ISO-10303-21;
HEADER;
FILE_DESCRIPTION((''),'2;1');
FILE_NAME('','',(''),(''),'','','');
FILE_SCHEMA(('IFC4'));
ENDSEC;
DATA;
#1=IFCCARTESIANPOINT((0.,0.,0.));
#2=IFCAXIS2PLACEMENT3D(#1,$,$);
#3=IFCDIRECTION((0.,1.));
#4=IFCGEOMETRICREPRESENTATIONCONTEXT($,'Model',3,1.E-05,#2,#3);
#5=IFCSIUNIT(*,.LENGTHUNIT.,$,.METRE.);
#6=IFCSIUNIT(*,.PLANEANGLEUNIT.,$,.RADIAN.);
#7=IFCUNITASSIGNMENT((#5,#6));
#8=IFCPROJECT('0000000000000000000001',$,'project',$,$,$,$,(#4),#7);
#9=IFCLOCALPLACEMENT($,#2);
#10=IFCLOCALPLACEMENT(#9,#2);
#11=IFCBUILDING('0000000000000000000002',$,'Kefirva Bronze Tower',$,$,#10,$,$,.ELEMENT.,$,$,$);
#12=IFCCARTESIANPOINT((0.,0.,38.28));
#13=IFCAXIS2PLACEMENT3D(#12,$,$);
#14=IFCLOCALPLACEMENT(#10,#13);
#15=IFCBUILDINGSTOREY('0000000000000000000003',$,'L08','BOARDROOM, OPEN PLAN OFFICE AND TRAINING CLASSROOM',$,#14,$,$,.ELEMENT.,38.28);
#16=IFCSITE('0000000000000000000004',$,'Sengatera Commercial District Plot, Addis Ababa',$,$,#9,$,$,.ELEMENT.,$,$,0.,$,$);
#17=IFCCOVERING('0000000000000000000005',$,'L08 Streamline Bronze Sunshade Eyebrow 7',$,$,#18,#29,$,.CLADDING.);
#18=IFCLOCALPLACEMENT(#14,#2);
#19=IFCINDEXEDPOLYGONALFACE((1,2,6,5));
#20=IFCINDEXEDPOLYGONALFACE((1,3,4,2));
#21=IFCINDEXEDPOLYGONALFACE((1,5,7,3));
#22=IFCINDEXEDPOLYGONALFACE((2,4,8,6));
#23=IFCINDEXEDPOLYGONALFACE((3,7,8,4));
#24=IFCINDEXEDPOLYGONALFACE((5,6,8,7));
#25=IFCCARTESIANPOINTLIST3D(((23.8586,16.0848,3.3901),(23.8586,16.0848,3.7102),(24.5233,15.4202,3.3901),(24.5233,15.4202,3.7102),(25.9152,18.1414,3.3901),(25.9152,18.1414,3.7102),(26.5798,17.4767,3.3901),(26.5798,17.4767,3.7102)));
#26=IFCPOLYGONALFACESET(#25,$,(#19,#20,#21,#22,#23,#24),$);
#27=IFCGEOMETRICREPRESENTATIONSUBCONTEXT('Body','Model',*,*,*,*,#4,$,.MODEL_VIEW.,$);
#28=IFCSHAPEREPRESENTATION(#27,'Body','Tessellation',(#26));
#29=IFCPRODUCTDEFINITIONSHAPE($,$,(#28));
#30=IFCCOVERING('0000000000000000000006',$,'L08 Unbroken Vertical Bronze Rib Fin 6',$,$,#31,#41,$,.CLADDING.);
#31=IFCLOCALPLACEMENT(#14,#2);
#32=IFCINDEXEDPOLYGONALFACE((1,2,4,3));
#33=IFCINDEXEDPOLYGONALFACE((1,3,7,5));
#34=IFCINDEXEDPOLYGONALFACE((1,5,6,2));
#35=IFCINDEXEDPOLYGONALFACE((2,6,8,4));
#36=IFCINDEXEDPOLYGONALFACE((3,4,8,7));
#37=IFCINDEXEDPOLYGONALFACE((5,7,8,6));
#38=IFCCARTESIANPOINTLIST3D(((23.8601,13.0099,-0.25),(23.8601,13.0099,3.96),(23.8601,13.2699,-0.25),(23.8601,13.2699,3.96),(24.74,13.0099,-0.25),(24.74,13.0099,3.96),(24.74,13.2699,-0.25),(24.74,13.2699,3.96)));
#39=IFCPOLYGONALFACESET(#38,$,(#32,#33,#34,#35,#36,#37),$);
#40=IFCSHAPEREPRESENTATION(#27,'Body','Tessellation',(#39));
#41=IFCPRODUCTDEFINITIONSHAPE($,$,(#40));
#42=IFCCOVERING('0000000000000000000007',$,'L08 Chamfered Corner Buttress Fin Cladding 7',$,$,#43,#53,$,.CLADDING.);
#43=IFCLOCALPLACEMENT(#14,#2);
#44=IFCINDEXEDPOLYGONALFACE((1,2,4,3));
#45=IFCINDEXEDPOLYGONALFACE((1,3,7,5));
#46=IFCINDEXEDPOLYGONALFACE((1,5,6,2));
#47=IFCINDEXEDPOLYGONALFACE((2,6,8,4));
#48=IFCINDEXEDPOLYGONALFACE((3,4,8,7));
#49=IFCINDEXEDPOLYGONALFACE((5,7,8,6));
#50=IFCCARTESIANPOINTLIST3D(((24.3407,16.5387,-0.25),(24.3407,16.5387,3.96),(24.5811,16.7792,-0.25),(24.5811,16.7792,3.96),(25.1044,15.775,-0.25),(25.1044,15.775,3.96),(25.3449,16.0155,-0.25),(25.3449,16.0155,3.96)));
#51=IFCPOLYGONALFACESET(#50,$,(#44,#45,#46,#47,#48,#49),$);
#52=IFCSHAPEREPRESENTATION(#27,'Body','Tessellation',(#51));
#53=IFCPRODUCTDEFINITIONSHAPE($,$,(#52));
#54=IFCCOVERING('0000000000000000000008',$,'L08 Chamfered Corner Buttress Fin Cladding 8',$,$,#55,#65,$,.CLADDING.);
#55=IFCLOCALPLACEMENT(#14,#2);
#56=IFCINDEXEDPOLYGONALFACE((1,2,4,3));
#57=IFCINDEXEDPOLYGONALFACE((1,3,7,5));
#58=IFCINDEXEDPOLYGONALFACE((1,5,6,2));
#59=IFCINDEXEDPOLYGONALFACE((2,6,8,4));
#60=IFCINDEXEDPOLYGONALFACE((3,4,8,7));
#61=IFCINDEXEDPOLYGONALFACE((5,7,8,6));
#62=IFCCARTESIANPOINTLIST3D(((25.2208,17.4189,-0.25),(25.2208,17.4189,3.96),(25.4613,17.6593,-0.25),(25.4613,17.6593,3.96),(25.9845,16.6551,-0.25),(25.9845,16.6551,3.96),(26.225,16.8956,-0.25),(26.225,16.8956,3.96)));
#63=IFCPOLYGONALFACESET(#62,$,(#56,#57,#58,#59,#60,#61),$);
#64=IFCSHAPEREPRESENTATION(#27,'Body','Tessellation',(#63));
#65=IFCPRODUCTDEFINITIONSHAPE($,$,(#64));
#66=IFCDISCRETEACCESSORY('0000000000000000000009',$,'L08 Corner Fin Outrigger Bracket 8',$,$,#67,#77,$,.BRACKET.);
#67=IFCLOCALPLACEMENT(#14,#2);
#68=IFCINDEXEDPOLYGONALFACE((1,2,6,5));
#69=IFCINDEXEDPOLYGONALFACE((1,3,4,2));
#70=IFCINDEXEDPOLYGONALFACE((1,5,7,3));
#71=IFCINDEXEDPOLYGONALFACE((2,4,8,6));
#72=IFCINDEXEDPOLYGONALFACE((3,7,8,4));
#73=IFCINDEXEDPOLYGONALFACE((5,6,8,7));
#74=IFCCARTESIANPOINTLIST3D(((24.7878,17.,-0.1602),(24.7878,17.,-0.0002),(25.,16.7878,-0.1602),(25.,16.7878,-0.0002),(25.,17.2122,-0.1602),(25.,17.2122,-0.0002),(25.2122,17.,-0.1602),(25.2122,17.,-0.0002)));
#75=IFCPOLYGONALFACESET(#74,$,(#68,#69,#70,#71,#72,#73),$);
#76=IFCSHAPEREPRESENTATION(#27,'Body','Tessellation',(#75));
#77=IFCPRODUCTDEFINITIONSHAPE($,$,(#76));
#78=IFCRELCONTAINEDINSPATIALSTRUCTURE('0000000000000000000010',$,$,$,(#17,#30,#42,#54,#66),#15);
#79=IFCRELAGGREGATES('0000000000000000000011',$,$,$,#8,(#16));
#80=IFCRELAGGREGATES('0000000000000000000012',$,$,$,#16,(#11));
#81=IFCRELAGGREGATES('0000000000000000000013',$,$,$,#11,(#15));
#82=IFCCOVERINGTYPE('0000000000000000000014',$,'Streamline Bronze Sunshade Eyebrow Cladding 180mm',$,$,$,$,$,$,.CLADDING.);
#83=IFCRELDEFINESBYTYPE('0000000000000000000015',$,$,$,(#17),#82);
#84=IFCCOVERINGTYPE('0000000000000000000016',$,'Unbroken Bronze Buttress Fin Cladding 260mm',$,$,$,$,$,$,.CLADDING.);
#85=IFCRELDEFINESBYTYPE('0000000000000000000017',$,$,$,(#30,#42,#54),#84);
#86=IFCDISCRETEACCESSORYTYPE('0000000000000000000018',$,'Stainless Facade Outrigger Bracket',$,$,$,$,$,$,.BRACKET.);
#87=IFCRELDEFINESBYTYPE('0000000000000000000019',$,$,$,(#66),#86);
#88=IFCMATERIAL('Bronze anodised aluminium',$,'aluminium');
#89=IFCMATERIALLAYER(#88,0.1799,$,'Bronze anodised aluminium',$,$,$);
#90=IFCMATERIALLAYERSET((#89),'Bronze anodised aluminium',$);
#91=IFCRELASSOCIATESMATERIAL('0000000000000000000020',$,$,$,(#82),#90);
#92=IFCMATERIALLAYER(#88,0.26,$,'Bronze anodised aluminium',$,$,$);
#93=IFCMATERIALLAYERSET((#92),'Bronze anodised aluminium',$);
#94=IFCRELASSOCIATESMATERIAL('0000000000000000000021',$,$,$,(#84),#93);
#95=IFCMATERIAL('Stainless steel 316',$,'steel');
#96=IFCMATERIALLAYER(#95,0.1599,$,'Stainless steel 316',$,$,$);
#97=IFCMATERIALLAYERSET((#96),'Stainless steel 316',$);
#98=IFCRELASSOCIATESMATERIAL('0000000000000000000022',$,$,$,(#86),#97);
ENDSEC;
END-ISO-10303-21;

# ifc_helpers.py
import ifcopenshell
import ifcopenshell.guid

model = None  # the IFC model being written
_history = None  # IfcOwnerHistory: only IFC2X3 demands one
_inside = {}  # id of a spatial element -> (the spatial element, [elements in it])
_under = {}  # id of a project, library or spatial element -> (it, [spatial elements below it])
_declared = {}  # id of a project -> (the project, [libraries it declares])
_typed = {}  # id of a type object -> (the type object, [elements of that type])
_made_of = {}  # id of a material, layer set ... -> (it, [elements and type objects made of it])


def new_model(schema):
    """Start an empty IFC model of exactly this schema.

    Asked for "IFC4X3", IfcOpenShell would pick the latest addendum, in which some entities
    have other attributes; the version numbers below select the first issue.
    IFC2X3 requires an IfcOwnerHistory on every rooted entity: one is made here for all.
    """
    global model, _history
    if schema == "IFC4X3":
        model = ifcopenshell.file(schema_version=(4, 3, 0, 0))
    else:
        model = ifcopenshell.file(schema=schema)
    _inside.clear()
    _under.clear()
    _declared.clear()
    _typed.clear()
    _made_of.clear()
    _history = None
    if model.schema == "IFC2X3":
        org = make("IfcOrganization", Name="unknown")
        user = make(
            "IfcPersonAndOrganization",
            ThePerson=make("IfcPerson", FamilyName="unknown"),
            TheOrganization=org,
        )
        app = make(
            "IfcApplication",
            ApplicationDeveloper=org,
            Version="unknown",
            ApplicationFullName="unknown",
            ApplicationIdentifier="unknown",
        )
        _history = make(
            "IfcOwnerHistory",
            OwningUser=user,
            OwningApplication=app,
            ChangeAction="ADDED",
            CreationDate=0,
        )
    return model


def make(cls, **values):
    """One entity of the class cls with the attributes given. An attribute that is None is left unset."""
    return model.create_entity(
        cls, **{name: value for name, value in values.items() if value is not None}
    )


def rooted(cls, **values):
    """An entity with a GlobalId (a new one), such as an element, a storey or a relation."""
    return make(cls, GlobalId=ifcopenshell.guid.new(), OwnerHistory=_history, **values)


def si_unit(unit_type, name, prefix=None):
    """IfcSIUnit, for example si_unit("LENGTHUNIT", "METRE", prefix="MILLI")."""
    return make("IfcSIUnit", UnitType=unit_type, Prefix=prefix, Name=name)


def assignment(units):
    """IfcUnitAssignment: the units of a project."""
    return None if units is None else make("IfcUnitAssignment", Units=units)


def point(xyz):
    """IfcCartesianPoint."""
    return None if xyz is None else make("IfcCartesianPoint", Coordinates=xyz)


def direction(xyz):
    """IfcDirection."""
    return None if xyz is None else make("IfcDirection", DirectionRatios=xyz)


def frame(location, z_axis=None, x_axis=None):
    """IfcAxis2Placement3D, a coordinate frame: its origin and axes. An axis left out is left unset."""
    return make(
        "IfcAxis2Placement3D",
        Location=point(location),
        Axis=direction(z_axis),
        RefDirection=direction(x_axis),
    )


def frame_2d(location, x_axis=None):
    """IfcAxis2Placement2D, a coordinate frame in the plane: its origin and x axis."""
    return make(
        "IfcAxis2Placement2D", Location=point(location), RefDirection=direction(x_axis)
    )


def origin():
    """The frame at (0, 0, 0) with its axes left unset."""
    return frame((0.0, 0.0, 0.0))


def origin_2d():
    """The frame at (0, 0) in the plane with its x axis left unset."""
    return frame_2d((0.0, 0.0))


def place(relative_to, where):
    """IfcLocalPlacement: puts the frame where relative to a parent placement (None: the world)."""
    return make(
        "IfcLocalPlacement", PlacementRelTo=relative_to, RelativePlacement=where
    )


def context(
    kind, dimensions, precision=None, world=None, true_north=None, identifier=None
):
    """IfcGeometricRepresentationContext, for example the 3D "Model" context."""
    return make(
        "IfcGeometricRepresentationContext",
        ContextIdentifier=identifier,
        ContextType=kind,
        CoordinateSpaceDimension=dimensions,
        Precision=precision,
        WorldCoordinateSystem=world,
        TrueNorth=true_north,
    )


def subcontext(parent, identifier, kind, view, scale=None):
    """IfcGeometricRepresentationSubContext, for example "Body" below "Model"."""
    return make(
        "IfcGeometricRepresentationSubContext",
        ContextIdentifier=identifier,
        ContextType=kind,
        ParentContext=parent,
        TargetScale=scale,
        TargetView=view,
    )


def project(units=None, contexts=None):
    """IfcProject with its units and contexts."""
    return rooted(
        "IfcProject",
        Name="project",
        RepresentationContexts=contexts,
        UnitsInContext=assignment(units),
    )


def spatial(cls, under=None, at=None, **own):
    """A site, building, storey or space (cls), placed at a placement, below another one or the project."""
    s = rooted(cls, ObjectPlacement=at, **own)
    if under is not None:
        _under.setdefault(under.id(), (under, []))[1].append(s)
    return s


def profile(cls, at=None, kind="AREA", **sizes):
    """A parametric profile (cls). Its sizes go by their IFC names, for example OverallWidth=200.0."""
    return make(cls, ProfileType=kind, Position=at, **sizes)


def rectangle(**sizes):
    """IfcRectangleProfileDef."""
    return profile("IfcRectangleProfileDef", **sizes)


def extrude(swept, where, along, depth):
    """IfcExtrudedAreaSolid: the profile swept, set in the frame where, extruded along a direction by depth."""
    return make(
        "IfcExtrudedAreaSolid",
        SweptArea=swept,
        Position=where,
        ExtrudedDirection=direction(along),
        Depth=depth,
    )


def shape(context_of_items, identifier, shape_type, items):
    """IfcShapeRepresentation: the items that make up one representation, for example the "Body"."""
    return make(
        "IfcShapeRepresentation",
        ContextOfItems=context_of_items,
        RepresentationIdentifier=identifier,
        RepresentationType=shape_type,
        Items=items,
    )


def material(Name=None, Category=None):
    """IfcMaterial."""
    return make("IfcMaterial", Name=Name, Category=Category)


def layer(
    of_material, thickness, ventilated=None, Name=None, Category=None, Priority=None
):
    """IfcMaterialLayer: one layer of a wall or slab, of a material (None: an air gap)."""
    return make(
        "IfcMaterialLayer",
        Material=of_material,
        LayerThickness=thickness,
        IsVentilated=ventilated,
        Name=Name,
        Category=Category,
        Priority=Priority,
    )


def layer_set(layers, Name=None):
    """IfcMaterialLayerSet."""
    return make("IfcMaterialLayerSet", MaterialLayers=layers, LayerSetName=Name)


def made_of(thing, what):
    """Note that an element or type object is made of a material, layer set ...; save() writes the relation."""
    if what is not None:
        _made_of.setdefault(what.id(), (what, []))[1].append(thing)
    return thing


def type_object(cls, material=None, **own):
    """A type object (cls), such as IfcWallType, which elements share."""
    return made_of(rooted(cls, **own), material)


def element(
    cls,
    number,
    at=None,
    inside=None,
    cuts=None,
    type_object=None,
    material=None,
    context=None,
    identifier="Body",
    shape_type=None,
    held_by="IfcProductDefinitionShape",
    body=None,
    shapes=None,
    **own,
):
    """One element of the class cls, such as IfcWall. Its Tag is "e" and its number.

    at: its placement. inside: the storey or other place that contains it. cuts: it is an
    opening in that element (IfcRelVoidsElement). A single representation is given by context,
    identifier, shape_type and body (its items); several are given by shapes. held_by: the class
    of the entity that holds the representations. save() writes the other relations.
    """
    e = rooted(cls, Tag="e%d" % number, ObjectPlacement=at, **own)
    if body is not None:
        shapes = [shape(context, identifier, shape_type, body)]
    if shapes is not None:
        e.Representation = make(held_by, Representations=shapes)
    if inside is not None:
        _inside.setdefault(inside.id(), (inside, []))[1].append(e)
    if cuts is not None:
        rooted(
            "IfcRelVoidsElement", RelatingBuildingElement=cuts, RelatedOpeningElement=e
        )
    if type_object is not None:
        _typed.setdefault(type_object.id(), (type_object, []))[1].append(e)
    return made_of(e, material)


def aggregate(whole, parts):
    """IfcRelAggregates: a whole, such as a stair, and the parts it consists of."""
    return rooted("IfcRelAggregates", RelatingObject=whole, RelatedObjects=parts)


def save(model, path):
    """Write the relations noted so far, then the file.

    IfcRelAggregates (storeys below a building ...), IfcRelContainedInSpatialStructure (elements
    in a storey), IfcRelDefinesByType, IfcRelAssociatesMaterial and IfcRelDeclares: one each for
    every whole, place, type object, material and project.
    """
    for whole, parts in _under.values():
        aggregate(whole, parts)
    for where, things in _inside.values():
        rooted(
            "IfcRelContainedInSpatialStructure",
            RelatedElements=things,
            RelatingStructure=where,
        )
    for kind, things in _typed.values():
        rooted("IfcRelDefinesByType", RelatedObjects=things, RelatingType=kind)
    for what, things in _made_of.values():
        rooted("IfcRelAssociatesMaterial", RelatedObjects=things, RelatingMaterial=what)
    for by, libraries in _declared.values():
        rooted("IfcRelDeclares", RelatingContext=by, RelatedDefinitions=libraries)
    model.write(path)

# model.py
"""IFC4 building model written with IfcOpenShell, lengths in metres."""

from ifc_helpers import new_model, si_unit, direction, frame, origin, origin_2d, place, context, subcontext, project, spatial, rectangle, extrude, material, layer, layer_set, type_object, element, save


model = new_model("IFC4")

# Units and contexts
model_context = context("Model", 3, precision=1e-05, world=origin(), true_north=direction((0.0, 1.0)))
body_context = subcontext(model_context, "Body", "Model", "MODEL_VIEW")
ifc_project = project(units=[si_unit("LENGTHUNIT", "METRE"), si_unit("PLANEANGLEUNIT", "RADIAN")], contexts=[model_context])

# Site, building, storey
site_placement = place(None, origin())
site = spatial("IfcSite", under=ifc_project, at=site_placement, Name="Sengatera Commercial District Plot, Addis Ababa", CompositionType="ELEMENT", RefElevation=0.0)
building_placement = place(site_placement, origin())
building = spatial("IfcBuilding", under=site, at=building_placement, Name="Kefirva Bronze Tower", CompositionType="ELEMENT")
storey_placement = place(building_placement, frame((0.0, 0.0, 38.28)))
storey = spatial("IfcBuildingStorey", under=building, at=storey_placement, Name="L08", Description="BOARDROOM, OPEN PLAN OFFICE AND TRAINING CLASSROOM", CompositionType="ELEMENT", Elevation=38.28)

# Shared definitions
ifc_material_1 = material(Name="Bronze anodised aluminium", Category="aluminium")

# Coverings
ifc_layer_1 = layer(ifc_material_1, 0.1799, Name="Bronze anodised aluminium")
ifc_layer_set_1 = layer_set([ifc_layer_1], Name="Bronze anodised aluminium")
covering_type_1 = type_object("IfcCoveringType", Name="Streamline Bronze Sunshade Eyebrow Cladding 180mm", PredefinedType="CLADDING", material=ifc_layer_set_1)
covering_1_placement = place(storey_placement, frame((25.2192, 16.7808, 3.3901), z_axis=(0.0, 0.0, 1.0), x_axis=(0.707107, 0.707107, 0.0)))
element("IfcCovering", 1, at=covering_1_placement, inside=storey, type_object=covering_type_1, Name="L08 Streamline Bronze Sunshade Eyebrow 7", PredefinedType="CLADDING", context=body_context, shape_type="SweptSolid", body=[
    extrude(rectangle(XDim=2.9084, YDim=0.9399, at=origin_2d()), origin(), (0.0, 0.0, 1.0), 0.3201),
])
ifc_layer_2 = layer(ifc_material_1, 0.26, Name="Bronze anodised aluminium")
ifc_layer_set_2 = layer_set([ifc_layer_2], Name="Bronze anodised aluminium")
covering_type_2 = type_object("IfcCoveringType", Name="Unbroken Bronze Buttress Fin Cladding 260mm", PredefinedType="CLADDING", material=ifc_layer_set_2)
covering_2_placement = place(storey_placement, frame((24.3, 13.1399, -0.25), z_axis=(0.0, 0.0, 1.0), x_axis=(0.0, 1.0, 0.0)))
element("IfcCovering", 2, at=covering_2_placement, inside=storey, type_object=covering_type_2, Name="L08 Unbroken Vertical Bronze Rib Fin 6", PredefinedType="CLADDING", context=body_context, shape_type="SweptSolid", body=[
    extrude(rectangle(XDim=0.26, YDim=0.8799, at=origin_2d()), origin(), (0.0, 0.0, 1.0), 4.21),
])
for number, where, z_axis, x_axis, name in (
    (3, (24.8428, 16.2771, -0.25), (0.0, 0.0, 1.0), (0.707107, 0.707107, 0.0), "L08 Chamfered Corner Buttress Fin Cladding 7"),
    (4, (25.7229, 17.1572, -0.25), (0.0, 0.0, 1.0), (0.707107, 0.707107, 0.0), "L08 Chamfered Corner Buttress Fin Cladding 8"),
):
    element("IfcCovering", number, at=place(storey_placement, frame(where, z_axis=z_axis, x_axis=x_axis)), inside=storey, type_object=covering_type_2, Name=name, PredefinedType="CLADDING", context=body_context, shape_type="SweptSolid", body=[
        extrude(rectangle(XDim=0.3401, YDim=1.0801, at=origin_2d()), origin(), (0.0, 0.0, 1.0), 4.21),
    ])

# Discrete accessory
ifc_material_2 = material(Name="Stainless steel 316", Category="steel")
ifc_layer_3 = layer(ifc_material_2, 0.1599, Name="Stainless steel 316")
ifc_layer_set_3 = layer_set([ifc_layer_3], Name="Stainless steel 316")
discrete_accessory_type = type_object("IfcDiscreteAccessoryType", Name="Stainless Facade Outrigger Bracket", PredefinedType="BRACKET", material=ifc_layer_set_3)
discrete_accessory_placement = place(storey_placement, frame((25.0, 17.0, -0.1602), z_axis=(0.0, 0.0, 1.0), x_axis=(0.707107, 0.707107, 0.0)))
element("IfcDiscreteAccessory", 5, at=discrete_accessory_placement, inside=storey, type_object=discrete_accessory_type, Name="L08 Corner Fin Outrigger Bracket 8", PredefinedType="BRACKET", context=body_context, shape_type="SweptSolid", body=[
    extrude(rectangle(XDim=0.3, YDim=0.3, at=origin_2d()), origin(), (0.0, 0.0, 1.0), 0.1599),
])

save(model, "model.ifc")
